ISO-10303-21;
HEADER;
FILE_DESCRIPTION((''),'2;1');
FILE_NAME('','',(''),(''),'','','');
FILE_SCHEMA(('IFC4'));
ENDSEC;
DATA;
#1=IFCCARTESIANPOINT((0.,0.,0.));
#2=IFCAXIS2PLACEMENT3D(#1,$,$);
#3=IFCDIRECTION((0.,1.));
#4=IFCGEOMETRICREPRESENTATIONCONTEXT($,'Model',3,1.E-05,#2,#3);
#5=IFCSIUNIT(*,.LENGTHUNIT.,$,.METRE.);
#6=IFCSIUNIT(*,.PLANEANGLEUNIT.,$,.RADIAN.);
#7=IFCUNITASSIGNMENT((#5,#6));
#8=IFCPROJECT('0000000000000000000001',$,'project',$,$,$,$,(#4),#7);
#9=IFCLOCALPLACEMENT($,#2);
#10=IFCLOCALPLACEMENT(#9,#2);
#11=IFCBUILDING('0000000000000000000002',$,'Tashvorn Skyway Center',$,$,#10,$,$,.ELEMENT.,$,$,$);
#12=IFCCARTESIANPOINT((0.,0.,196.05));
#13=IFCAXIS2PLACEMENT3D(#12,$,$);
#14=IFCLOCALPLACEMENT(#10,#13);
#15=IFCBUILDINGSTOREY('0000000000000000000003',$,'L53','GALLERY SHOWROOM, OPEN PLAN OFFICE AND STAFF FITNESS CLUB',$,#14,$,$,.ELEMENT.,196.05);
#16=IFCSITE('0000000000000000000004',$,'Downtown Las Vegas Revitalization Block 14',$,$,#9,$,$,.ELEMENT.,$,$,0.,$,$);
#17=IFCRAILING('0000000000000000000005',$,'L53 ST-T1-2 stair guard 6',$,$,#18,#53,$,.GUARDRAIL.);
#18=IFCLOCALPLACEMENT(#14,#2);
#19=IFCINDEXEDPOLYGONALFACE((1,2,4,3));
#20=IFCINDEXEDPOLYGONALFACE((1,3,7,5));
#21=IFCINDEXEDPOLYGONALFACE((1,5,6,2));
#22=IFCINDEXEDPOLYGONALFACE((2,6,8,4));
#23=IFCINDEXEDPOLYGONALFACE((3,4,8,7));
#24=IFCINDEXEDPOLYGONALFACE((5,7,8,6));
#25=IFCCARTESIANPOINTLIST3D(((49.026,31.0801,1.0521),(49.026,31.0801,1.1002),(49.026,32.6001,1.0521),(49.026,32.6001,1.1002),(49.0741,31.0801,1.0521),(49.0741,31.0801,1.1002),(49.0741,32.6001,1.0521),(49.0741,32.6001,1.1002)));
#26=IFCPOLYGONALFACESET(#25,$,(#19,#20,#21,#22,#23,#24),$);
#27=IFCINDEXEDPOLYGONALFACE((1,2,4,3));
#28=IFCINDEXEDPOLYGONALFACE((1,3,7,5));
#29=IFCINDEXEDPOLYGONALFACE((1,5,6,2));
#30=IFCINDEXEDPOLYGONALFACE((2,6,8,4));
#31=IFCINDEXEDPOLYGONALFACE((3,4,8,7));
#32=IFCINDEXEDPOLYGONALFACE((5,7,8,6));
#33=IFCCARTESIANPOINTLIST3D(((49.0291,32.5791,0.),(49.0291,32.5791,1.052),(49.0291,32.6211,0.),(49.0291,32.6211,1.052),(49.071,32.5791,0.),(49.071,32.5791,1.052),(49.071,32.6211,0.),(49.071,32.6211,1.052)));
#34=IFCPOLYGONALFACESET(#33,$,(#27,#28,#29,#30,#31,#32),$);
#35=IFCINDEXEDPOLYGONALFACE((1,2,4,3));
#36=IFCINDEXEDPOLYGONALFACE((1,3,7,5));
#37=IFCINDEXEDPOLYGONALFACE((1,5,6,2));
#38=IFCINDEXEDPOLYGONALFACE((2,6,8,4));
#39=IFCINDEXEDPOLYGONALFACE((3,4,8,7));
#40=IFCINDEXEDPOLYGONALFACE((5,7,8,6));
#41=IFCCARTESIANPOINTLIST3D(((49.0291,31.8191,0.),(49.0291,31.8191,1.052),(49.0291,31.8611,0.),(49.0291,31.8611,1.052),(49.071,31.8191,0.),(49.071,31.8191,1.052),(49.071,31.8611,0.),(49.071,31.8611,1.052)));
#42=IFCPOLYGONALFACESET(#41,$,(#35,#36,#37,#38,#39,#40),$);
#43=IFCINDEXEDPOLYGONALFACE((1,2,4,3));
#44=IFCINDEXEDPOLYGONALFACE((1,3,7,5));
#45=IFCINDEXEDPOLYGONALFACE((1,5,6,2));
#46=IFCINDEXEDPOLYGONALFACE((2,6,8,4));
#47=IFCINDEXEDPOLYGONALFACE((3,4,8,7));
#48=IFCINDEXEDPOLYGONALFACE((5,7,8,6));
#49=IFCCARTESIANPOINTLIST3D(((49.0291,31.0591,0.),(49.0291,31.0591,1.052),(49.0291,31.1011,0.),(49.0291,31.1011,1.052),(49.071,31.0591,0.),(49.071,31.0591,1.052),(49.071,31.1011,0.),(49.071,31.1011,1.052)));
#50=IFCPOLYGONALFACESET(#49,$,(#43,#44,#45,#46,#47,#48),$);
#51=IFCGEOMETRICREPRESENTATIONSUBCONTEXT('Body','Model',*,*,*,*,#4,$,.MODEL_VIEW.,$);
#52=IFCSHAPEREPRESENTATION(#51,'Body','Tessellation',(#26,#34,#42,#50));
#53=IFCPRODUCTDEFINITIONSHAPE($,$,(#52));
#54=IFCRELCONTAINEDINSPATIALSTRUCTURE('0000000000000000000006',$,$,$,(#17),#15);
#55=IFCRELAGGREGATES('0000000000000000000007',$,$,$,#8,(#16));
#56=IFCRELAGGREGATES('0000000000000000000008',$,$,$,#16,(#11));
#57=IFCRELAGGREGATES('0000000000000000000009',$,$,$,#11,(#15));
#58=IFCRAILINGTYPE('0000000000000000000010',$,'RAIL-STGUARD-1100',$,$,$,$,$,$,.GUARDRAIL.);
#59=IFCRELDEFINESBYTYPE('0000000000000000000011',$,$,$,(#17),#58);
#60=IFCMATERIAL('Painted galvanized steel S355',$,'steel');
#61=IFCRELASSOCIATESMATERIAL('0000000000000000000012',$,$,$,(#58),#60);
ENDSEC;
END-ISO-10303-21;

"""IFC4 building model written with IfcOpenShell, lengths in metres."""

from ifc_helpers import new_model, si_unit, direction, frame, origin, origin_2d, place, context, subcontext, project, spatial, rectangle, extrude, material, type_object, element, save


model = new_model("IFC4")

# Units and contexts
model_context = context("Model", 3, precision=1e-05, world=origin(), true_north=direction((0.0, 1.0)))
body_context = subcontext(model_context, "Body", "Model", "MODEL_VIEW")
ifc_project = project(units=[si_unit("LENGTHUNIT", "METRE"), si_unit("PLANEANGLEUNIT", "RADIAN")], contexts=[model_context])

# Site, building, storey
site_placement = place(None, origin())
site = spatial("IfcSite", under=ifc_project, at=site_placement, Name="Downtown Las Vegas Revitalization Block 14", CompositionType="ELEMENT", RefElevation=0.0)
building_placement = place(site_placement, origin())
building = spatial("IfcBuilding", under=site, at=building_placement, Name="Tashvorn Skyway Center", CompositionType="ELEMENT")
storey_placement = place(building_placement, frame((0.0, 0.0, 196.05)))
storey = spatial("IfcBuildingStorey", under=building, at=storey_placement, Name="L53", Description="GALLERY SHOWROOM, OPEN PLAN OFFICE AND STAFF FITNESS CLUB", CompositionType="ELEMENT", Elevation=196.05)

# Railing
ifc_material_1 = material(Name="Painted galvanized steel S355", Category="steel")
railing_type = type_object("IfcRailingType", Name="RAIL-STGUARD-1100", PredefinedType="GUARDRAIL", material=ifc_material_1)
railing_placement = place(storey_placement, frame((49.05, 32.6001, 0.0)))
element("IfcRailing", 1, at=railing_placement, inside=storey, type_object=railing_type, Name="L53 ST-T1-2 stair guard 6", PredefinedType="GUARDRAIL", context=body_context, shape_type="SweptSolid", body=[
    extrude(rectangle(XDim=0.0481, YDim=0.0481, at=origin_2d()), frame((0.0, 0.0, 1.0762), z_axis=(0.0, -1.0, 0.0), x_axis=(1.0, 0.0, 0.0)), (0.0, 0.0, 1.0), 1.52),
    extrude(rectangle(XDim=0.042, YDim=0.042, at=origin_2d()), origin(), (0.0, 0.0, 1.0), 1.052),
    extrude(rectangle(XDim=0.042, YDim=0.042, at=origin_2d()), frame((0.0, -0.76, 0.0)), (0.0, 0.0, 1.0), 1.052),
    extrude(rectangle(XDim=0.042, YDim=0.042, at=origin_2d()), frame((0.0, -1.52, 0.0)), (0.0, 0.0, 1.0), 1.052),
])

save(model, "model.ifc")
